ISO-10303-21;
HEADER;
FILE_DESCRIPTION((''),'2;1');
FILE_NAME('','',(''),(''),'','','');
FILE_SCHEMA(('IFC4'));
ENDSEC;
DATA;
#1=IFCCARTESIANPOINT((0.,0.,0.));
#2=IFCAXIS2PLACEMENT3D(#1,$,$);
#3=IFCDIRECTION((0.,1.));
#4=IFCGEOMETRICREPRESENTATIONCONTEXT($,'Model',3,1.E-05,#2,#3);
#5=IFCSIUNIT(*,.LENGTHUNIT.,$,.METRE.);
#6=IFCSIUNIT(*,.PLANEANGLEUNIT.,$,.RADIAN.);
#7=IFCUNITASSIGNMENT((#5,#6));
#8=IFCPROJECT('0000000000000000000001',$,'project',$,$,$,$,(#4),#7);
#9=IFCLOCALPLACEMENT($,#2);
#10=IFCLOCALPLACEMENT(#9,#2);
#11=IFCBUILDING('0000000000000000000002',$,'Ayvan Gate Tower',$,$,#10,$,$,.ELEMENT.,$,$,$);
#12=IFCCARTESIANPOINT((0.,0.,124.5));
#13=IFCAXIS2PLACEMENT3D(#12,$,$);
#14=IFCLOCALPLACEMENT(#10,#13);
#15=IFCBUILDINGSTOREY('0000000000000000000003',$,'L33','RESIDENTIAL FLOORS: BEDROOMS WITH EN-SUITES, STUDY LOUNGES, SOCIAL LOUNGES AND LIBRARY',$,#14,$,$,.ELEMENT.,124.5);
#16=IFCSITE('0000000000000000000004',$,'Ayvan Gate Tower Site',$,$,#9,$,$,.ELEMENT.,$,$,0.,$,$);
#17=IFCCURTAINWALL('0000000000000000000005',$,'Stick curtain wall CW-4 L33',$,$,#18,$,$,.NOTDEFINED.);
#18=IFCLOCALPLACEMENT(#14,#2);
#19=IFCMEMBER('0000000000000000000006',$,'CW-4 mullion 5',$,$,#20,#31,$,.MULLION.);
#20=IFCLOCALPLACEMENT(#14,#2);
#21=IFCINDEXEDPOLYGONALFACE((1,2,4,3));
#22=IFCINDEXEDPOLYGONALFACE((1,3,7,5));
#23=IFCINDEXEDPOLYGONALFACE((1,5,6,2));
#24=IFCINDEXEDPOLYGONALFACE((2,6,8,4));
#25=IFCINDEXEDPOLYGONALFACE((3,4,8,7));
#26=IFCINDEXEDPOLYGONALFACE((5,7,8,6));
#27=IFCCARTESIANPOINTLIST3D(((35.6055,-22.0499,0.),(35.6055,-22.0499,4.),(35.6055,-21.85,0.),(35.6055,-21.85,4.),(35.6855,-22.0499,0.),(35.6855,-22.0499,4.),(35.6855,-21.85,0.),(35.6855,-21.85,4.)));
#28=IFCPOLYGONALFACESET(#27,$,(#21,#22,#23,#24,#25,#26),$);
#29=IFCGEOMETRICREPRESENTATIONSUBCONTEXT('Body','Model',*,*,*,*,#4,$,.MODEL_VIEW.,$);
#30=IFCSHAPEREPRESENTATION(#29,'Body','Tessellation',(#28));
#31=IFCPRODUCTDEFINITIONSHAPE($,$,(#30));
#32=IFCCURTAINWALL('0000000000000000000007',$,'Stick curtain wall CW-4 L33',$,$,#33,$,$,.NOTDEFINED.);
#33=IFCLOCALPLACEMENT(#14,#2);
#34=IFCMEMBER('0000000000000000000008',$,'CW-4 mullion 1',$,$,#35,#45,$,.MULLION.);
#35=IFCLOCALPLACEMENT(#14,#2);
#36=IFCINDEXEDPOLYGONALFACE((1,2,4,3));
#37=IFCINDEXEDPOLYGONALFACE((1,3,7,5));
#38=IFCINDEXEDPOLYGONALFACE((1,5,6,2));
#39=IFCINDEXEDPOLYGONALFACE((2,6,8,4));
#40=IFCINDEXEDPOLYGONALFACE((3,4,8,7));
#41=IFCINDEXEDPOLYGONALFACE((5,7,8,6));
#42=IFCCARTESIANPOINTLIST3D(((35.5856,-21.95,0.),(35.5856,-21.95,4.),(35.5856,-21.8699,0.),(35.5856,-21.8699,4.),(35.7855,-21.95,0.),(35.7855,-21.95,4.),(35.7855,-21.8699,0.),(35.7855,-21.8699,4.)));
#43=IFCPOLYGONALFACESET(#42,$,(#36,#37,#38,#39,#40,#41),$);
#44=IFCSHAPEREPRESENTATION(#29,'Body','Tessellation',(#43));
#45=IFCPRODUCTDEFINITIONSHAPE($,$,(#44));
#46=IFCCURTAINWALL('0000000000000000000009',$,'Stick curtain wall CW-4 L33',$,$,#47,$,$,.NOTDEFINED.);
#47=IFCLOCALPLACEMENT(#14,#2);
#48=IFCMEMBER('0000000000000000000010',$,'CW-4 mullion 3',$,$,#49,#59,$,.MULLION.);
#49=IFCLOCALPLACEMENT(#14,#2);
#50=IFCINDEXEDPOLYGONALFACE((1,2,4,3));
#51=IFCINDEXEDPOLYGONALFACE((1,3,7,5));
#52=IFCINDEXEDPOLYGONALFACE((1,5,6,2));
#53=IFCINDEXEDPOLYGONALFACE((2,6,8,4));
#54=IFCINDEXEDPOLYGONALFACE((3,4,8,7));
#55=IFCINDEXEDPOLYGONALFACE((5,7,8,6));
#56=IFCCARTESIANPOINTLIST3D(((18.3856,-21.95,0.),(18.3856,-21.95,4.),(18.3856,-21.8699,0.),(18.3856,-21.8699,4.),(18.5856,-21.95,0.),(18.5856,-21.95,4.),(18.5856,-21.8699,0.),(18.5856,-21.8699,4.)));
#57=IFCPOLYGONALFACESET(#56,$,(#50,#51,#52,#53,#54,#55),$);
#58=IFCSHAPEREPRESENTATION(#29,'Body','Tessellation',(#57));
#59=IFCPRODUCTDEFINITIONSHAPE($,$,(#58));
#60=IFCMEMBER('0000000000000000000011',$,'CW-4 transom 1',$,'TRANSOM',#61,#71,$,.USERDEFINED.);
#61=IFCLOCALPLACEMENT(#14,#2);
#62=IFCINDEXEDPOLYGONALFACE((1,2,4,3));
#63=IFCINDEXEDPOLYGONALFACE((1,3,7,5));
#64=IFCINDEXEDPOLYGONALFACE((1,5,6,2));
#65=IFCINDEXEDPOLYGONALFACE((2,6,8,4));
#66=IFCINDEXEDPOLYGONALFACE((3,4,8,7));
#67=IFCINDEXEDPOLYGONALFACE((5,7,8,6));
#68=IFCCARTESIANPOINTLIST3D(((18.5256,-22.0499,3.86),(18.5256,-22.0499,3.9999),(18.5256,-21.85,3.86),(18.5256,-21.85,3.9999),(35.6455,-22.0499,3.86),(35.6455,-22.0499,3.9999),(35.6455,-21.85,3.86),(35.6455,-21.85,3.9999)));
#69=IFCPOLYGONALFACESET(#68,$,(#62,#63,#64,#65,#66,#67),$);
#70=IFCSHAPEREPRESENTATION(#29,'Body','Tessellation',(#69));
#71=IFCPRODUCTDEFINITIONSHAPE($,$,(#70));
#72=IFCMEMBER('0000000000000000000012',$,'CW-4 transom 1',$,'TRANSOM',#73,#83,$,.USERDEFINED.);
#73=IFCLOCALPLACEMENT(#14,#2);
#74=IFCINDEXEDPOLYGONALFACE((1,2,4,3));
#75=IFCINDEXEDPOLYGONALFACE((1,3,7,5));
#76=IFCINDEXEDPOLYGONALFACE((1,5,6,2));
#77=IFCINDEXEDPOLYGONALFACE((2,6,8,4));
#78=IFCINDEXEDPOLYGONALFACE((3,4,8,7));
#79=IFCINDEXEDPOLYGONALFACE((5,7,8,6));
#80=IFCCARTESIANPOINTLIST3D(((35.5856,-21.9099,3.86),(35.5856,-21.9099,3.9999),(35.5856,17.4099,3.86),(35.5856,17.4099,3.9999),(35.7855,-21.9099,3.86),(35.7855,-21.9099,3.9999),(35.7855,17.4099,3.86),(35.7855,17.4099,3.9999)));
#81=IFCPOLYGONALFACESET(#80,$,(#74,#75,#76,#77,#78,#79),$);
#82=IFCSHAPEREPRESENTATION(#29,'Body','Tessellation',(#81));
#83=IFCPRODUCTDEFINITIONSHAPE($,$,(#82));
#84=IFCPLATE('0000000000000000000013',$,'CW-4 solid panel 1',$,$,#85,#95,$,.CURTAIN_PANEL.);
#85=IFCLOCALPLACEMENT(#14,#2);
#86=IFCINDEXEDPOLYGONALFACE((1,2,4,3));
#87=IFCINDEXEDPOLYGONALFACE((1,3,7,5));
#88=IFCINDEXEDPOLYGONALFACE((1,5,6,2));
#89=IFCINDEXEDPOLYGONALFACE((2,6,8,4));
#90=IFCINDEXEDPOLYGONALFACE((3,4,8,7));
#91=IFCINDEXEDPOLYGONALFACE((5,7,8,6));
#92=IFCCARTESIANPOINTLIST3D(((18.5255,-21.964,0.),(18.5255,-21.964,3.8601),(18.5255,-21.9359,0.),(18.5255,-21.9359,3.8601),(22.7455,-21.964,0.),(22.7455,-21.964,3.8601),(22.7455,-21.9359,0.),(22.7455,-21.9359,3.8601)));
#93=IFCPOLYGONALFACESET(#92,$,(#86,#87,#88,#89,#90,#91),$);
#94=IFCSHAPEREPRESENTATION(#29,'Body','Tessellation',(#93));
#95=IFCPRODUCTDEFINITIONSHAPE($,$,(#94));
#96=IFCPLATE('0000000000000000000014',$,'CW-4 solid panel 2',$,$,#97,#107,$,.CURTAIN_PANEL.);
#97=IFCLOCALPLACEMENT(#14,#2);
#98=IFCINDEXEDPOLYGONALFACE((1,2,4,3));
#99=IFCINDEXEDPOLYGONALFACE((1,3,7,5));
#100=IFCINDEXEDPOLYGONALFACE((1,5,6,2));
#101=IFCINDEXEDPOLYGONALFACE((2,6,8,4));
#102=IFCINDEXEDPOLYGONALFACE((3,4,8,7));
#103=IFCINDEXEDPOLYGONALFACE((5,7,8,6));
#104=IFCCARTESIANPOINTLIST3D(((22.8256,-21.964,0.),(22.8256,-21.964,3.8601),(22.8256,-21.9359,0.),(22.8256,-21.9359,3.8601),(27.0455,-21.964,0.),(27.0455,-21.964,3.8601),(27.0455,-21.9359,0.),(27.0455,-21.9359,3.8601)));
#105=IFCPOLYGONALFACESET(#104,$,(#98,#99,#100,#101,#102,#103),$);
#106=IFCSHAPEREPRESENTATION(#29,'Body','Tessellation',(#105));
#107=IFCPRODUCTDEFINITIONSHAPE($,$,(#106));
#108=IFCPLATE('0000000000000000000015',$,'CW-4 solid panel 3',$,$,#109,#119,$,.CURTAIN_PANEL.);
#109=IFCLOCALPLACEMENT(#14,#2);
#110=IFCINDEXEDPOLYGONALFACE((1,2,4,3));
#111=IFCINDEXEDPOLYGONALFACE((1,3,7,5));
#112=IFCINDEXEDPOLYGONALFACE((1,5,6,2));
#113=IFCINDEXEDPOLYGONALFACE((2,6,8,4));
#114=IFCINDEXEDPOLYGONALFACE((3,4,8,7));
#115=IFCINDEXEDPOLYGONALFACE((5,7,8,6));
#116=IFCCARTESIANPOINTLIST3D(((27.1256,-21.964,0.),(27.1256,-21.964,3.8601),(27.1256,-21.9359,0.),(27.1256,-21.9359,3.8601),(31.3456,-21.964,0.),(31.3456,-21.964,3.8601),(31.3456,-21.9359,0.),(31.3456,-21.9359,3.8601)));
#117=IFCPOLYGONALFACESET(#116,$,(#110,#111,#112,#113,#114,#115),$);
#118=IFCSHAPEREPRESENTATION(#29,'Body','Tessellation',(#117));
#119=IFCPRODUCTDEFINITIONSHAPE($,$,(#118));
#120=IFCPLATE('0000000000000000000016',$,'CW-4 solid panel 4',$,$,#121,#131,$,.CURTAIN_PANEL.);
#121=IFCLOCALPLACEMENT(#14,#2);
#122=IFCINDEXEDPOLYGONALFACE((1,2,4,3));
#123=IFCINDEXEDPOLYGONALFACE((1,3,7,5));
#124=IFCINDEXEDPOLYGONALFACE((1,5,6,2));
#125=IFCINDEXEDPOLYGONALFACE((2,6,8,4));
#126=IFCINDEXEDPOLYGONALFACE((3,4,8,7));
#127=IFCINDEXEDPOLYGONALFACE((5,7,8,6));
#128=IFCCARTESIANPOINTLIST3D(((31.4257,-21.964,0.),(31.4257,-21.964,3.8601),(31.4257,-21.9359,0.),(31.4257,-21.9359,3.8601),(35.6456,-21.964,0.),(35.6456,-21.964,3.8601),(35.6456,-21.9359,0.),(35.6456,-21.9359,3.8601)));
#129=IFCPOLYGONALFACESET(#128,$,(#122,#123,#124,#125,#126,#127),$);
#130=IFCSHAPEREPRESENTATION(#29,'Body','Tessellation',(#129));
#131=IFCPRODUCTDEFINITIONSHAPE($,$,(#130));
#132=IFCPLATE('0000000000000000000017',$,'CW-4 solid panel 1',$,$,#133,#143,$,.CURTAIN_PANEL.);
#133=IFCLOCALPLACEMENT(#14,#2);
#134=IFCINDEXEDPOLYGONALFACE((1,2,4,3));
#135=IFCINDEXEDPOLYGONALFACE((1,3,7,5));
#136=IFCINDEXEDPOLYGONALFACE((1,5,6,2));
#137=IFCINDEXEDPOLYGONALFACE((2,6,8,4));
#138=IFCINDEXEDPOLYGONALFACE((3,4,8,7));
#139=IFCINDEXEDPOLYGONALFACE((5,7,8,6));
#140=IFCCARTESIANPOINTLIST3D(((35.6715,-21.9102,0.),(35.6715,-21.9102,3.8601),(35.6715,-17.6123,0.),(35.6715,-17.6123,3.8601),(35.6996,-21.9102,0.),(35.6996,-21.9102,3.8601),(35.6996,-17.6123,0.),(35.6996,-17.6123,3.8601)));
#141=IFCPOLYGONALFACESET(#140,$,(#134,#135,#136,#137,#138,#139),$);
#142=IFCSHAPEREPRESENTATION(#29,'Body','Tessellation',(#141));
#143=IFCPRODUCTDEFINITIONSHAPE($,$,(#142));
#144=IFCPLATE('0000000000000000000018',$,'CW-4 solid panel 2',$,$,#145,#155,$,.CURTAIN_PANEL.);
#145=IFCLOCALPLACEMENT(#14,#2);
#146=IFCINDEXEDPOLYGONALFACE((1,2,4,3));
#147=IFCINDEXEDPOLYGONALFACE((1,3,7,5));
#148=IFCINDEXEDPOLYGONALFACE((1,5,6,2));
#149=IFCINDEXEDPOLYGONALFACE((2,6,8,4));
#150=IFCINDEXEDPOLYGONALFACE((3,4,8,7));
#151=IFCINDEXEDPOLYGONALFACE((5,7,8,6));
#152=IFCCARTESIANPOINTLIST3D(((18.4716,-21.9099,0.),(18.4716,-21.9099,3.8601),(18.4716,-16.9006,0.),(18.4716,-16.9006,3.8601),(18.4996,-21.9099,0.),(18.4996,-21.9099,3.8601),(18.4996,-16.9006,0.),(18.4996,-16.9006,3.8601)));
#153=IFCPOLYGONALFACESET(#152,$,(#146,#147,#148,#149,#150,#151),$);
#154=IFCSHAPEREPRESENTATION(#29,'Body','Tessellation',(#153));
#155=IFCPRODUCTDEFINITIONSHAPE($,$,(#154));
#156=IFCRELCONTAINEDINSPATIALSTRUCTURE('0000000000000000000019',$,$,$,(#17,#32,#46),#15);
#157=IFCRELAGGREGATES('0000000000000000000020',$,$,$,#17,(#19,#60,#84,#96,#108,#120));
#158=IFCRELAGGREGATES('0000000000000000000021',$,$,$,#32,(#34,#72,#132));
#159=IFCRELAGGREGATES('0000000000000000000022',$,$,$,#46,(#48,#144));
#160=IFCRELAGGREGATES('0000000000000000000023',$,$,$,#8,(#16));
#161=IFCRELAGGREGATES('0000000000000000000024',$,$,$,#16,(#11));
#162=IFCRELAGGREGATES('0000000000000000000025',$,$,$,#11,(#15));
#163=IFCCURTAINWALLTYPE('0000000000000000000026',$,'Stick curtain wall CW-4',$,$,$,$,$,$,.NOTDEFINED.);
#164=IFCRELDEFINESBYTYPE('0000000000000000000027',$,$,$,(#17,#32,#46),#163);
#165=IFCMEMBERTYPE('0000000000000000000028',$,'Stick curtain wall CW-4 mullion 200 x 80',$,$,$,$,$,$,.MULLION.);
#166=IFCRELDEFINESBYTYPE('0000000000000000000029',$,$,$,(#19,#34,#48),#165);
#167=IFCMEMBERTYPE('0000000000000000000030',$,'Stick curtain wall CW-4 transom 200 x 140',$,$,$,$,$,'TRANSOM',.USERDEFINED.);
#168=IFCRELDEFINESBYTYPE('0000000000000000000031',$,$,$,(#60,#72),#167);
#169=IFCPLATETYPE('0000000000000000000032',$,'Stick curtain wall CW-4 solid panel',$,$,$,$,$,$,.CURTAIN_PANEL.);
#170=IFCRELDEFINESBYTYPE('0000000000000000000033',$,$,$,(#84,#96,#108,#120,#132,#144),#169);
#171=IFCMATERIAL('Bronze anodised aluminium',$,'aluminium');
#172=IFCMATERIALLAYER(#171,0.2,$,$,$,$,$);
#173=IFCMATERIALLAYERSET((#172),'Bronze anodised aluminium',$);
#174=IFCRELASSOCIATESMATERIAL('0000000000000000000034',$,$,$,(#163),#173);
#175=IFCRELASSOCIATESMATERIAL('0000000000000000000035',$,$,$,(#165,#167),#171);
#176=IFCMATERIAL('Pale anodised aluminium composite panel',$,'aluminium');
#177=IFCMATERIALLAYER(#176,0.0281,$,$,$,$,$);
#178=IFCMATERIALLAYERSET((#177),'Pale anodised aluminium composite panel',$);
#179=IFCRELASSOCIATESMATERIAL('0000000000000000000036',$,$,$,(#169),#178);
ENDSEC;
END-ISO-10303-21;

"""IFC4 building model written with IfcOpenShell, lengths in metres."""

from ifc_helpers import new_model, si_unit, direction, frame, origin, origin_2d, place, context, subcontext, project, spatial, rectangle, extrude, material, layer, layer_set, material_profile, profile_set, type_object, element, aggregate, save


model = new_model("IFC4")

# Units and contexts
model_context = context("Model", 3, precision=1e-05, world=origin(), true_north=direction((0.0, 1.0)))
body_context = subcontext(model_context, "Body", "Model", "MODEL_VIEW")
ifc_project = project(units=[si_unit("LENGTHUNIT", "METRE"), si_unit("PLANEANGLEUNIT", "RADIAN")], contexts=[model_context])

# Site, building, storey
site_placement = place(None, origin())
site = spatial("IfcSite", under=ifc_project, at=site_placement, Name="Ayvan Gate Tower Site", CompositionType="ELEMENT", RefElevation=0.0)
building_placement = place(site_placement, origin())
building = spatial("IfcBuilding", under=site, at=building_placement, Name="Ayvan Gate Tower", CompositionType="ELEMENT")
storey_placement = place(building_placement, frame((0.0, 0.0, 124.5)))
storey = spatial("IfcBuildingStorey", under=building, at=storey_placement, Name="L33", Description="RESIDENTIAL FLOORS: BEDROOMS WITH EN-SUITES, STUDY LOUNGES, SOCIAL LOUNGES AND LIBRARY", CompositionType="ELEMENT", Elevation=124.5)

# Curtain wall, member
ifc_material_1 = material(Name="Bronze anodised aluminium", Category="aluminium")
ifc_layer_1 = layer(ifc_material_1, 0.2)
ifc_layer_set_1 = layer_set([ifc_layer_1], Name="Bronze anodised aluminium")
curtain_wall_type = type_object("IfcCurtainWallType", Name="Stick curtain wall CW-4", PredefinedType="NOTDEFINED", material=ifc_layer_set_1)
curtain_wall_1_placement = place(storey_placement, origin())
curtain_wall_1 = element("IfcCurtainWall", 1, at=curtain_wall_1_placement, inside=storey, type_object=curtain_wall_type, Name="Stick curtain wall CW-4 L33", PredefinedType="NOTDEFINED")
ifc_material_profile_1 = material_profile(ifc_material_1, rectangle(XDim=0.2, YDim=0.0801, at=origin_2d()), Name="Stick curtain wall CW-4 mullion 200 x 80")
ifc_profile_set_1 = profile_set([ifc_material_profile_1], Name="Bronze anodised aluminium")
member_type_1 = type_object("IfcMemberType", Name="Stick curtain wall CW-4 mullion 200 x 80", PredefinedType="MULLION", material=ifc_profile_set_1)
member_1_placement = place(storey_placement, frame((35.6455, -21.95, 0.0), z_axis=(0.0, 0.0, 1.0), x_axis=(0.0, -1.0, 0.0)))
member_1 = element("IfcMember", 2, at=member_1_placement, type_object=member_type_1, Name="CW-4 mullion 5", PredefinedType="MULLION", context=body_context, shape_type="SweptSolid", body=[
    extrude(rectangle(XDim=0.2, YDim=0.0801, at=origin_2d()), origin(), (0.0, 0.0, 1.0), 4.0),
])

# Curtain walls, members
curtain_wall_2_placement = place(storey_placement, origin())
curtain_wall_2 = element("IfcCurtainWall", 3, at=curtain_wall_2_placement, inside=storey, type_object=curtain_wall_type, Name="Stick curtain wall CW-4 L33", PredefinedType="NOTDEFINED")
member_2_placement = place(storey_placement, frame((35.6855, -21.9099, 0.0), z_axis=(0.0, 0.0, 1.0), x_axis=(1.0, 0.0, 0.0)))
member_2 = element("IfcMember", 4, at=member_2_placement, type_object=member_type_1, Name="CW-4 mullion 1", PredefinedType="MULLION", context=body_context, shape_type="SweptSolid", body=[
    extrude(rectangle(XDim=0.2, YDim=0.0801, at=origin_2d()), origin(), (0.0, 0.0, 1.0), 4.0),
])
curtain_wall_3_placement = place(storey_placement, origin())
curtain_wall_3 = element("IfcCurtainWall", 5, at=curtain_wall_3_placement, inside=storey, type_object=curtain_wall_type, Name="Stick curtain wall CW-4 L33", PredefinedType="NOTDEFINED")
member_3_placement = place(storey_placement, frame((18.4856, -21.9099, 0.0), z_axis=(0.0, 0.0, 1.0), x_axis=(-1.0, 0.0, 0.0)))
member_3 = element("IfcMember", 6, at=member_3_placement, type_object=member_type_1, Name="CW-4 mullion 3", PredefinedType="MULLION", context=body_context, shape_type="SweptSolid", body=[
    extrude(rectangle(XDim=0.2, YDim=0.0801, at=origin_2d()), origin(), (0.0, 0.0, 1.0), 4.0),
])

# Members
ifc_material_profile_2 = material_profile(ifc_material_1, rectangle(XDim=0.2, YDim=0.1399, at=origin_2d()), Name="Stick curtain wall CW-4 transom 200 x 140")
ifc_profile_set_2 = profile_set([ifc_material_profile_2], Name="Bronze anodised aluminium")
member_type_2 = type_object("IfcMemberType", Name="Stick curtain wall CW-4 transom 200 x 140", ElementType="TRANSOM", PredefinedType="USERDEFINED", material=ifc_profile_set_2)
member_4_placement = place(storey_placement, frame((18.5256, -21.95, 3.9299), z_axis=(1.0, 0.0, 0.0), x_axis=(0.0, 1.0, 0.0)))
member_4 = element("IfcMember", 7, at=member_4_placement, type_object=member_type_2, Name="CW-4 transom 1", ObjectType="TRANSOM", PredefinedType="USERDEFINED", context=body_context, shape_type="SweptSolid", body=[
    extrude(rectangle(XDim=0.2, YDim=0.1399, at=origin_2d()), origin(), (0.0, 0.0, 1.0), 17.1199),
])
member_5_placement = place(storey_placement, frame((35.6855, -21.9099, 3.9299), z_axis=(0.0, 1.0, 0.0), x_axis=(-1.0, 0.0, 0.0)))
member_5 = element("IfcMember", 8, at=member_5_placement, type_object=member_type_2, Name="CW-4 transom 1", ObjectType="TRANSOM", PredefinedType="USERDEFINED", context=body_context, shape_type="SweptSolid", body=[
    extrude(rectangle(XDim=0.2, YDim=0.1399, at=origin_2d()), origin(), (0.0, 0.0, 1.0), 39.3198),
])

# Plates
ifc_material_2 = material(Name="Pale anodised aluminium composite panel", Category="aluminium")
ifc_layer_2 = layer(ifc_material_2, 0.0281)
ifc_layer_set_2 = layer_set([ifc_layer_2], Name="Pale anodised aluminium composite panel")
plate_type = type_object("IfcPlateType", Name="Stick curtain wall CW-4 solid panel", PredefinedType="CURTAIN_PANEL", material=ifc_layer_set_2)
plate_1_placement = place(storey_placement, frame((20.6355, -21.95, 0.0), z_axis=(0.0, 0.0, 1.0), x_axis=(1.0, 0.0, 0.0)))
plate_1 = element("IfcPlate", 9, at=plate_1_placement, type_object=plate_type, Name="CW-4 solid panel 1", PredefinedType="CURTAIN_PANEL", context=body_context, shape_type="SweptSolid", body=[
    extrude(rectangle(XDim=4.22, YDim=0.0281, at=origin_2d()), origin(), (0.0, 0.0, 1.0), 3.8601),
])
plate_2_placement = place(storey_placement, frame((24.9355, -21.95, 0.0), z_axis=(0.0, 0.0, 1.0), x_axis=(1.0, 0.0, 0.0)))
plate_2 = element("IfcPlate", 10, at=plate_2_placement, type_object=plate_type, Name="CW-4 solid panel 2", PredefinedType="CURTAIN_PANEL", context=body_context, shape_type="SweptSolid", body=[
    extrude(rectangle(XDim=4.22, YDim=0.0281, at=origin_2d()), origin(), (0.0, 0.0, 1.0), 3.8601),
])
plate_3_placement = place(storey_placement, frame((29.2356, -21.95, 0.0), z_axis=(0.0, 0.0, 1.0), x_axis=(1.0, 0.0, 0.0)))
plate_3 = element("IfcPlate", 11, at=plate_3_placement, type_object=plate_type, Name="CW-4 solid panel 3", PredefinedType="CURTAIN_PANEL", context=body_context, shape_type="SweptSolid", body=[
    extrude(rectangle(XDim=4.22, YDim=0.0281, at=origin_2d()), origin(), (0.0, 0.0, 1.0), 3.8601),
])
plate_4_placement = place(storey_placement, frame((33.5356, -21.95, 0.0), z_axis=(0.0, 0.0, 1.0), x_axis=(1.0, 0.0, 0.0)))
plate_4 = element("IfcPlate", 12, at=plate_4_placement, type_object=plate_type, Name="CW-4 solid panel 4", PredefinedType="CURTAIN_PANEL", context=body_context, shape_type="SweptSolid", body=[
    extrude(rectangle(XDim=4.22, YDim=0.0281, at=origin_2d()), origin(), (0.0, 0.0, 1.0), 3.8601),
])
aggregate(curtain_wall_1, [member_1, member_4, plate_1, plate_2, plate_3, plate_4])
plate_5_placement = place(storey_placement, frame((35.6855, -19.7612, 0.0), z_axis=(0.0, 0.0, 1.0), x_axis=(0.0, 1.0, 0.0)))
plate_5 = element("IfcPlate", 13, at=plate_5_placement, type_object=plate_type, Name="CW-4 solid panel 1", PredefinedType="CURTAIN_PANEL", context=body_context, shape_type="SweptSolid", body=[
    extrude(rectangle(XDim=4.2979, YDim=0.0281, at=origin_2d()), origin(), (0.0, 0.0, 1.0), 3.8601),
])
aggregate(curtain_wall_2, [member_2, member_5, plate_5])
plate_6_placement = place(storey_placement, frame((18.4856, -19.4053, 0.0), z_axis=(0.0, 0.0, 1.0), x_axis=(0.0, -1.0, 0.0)))
plate_6 = element("IfcPlate", 14, at=plate_6_placement, type_object=plate_type, Name="CW-4 solid panel 2", PredefinedType="CURTAIN_PANEL", context=body_context, shape_type="SweptSolid", body=[
    extrude(rectangle(XDim=5.0093, YDim=0.0281, at=origin_2d()), origin(), (0.0, 0.0, 1.0), 3.8601),
])
aggregate(curtain_wall_3, [member_3, plate_6])

save(model, "model.ifc")
